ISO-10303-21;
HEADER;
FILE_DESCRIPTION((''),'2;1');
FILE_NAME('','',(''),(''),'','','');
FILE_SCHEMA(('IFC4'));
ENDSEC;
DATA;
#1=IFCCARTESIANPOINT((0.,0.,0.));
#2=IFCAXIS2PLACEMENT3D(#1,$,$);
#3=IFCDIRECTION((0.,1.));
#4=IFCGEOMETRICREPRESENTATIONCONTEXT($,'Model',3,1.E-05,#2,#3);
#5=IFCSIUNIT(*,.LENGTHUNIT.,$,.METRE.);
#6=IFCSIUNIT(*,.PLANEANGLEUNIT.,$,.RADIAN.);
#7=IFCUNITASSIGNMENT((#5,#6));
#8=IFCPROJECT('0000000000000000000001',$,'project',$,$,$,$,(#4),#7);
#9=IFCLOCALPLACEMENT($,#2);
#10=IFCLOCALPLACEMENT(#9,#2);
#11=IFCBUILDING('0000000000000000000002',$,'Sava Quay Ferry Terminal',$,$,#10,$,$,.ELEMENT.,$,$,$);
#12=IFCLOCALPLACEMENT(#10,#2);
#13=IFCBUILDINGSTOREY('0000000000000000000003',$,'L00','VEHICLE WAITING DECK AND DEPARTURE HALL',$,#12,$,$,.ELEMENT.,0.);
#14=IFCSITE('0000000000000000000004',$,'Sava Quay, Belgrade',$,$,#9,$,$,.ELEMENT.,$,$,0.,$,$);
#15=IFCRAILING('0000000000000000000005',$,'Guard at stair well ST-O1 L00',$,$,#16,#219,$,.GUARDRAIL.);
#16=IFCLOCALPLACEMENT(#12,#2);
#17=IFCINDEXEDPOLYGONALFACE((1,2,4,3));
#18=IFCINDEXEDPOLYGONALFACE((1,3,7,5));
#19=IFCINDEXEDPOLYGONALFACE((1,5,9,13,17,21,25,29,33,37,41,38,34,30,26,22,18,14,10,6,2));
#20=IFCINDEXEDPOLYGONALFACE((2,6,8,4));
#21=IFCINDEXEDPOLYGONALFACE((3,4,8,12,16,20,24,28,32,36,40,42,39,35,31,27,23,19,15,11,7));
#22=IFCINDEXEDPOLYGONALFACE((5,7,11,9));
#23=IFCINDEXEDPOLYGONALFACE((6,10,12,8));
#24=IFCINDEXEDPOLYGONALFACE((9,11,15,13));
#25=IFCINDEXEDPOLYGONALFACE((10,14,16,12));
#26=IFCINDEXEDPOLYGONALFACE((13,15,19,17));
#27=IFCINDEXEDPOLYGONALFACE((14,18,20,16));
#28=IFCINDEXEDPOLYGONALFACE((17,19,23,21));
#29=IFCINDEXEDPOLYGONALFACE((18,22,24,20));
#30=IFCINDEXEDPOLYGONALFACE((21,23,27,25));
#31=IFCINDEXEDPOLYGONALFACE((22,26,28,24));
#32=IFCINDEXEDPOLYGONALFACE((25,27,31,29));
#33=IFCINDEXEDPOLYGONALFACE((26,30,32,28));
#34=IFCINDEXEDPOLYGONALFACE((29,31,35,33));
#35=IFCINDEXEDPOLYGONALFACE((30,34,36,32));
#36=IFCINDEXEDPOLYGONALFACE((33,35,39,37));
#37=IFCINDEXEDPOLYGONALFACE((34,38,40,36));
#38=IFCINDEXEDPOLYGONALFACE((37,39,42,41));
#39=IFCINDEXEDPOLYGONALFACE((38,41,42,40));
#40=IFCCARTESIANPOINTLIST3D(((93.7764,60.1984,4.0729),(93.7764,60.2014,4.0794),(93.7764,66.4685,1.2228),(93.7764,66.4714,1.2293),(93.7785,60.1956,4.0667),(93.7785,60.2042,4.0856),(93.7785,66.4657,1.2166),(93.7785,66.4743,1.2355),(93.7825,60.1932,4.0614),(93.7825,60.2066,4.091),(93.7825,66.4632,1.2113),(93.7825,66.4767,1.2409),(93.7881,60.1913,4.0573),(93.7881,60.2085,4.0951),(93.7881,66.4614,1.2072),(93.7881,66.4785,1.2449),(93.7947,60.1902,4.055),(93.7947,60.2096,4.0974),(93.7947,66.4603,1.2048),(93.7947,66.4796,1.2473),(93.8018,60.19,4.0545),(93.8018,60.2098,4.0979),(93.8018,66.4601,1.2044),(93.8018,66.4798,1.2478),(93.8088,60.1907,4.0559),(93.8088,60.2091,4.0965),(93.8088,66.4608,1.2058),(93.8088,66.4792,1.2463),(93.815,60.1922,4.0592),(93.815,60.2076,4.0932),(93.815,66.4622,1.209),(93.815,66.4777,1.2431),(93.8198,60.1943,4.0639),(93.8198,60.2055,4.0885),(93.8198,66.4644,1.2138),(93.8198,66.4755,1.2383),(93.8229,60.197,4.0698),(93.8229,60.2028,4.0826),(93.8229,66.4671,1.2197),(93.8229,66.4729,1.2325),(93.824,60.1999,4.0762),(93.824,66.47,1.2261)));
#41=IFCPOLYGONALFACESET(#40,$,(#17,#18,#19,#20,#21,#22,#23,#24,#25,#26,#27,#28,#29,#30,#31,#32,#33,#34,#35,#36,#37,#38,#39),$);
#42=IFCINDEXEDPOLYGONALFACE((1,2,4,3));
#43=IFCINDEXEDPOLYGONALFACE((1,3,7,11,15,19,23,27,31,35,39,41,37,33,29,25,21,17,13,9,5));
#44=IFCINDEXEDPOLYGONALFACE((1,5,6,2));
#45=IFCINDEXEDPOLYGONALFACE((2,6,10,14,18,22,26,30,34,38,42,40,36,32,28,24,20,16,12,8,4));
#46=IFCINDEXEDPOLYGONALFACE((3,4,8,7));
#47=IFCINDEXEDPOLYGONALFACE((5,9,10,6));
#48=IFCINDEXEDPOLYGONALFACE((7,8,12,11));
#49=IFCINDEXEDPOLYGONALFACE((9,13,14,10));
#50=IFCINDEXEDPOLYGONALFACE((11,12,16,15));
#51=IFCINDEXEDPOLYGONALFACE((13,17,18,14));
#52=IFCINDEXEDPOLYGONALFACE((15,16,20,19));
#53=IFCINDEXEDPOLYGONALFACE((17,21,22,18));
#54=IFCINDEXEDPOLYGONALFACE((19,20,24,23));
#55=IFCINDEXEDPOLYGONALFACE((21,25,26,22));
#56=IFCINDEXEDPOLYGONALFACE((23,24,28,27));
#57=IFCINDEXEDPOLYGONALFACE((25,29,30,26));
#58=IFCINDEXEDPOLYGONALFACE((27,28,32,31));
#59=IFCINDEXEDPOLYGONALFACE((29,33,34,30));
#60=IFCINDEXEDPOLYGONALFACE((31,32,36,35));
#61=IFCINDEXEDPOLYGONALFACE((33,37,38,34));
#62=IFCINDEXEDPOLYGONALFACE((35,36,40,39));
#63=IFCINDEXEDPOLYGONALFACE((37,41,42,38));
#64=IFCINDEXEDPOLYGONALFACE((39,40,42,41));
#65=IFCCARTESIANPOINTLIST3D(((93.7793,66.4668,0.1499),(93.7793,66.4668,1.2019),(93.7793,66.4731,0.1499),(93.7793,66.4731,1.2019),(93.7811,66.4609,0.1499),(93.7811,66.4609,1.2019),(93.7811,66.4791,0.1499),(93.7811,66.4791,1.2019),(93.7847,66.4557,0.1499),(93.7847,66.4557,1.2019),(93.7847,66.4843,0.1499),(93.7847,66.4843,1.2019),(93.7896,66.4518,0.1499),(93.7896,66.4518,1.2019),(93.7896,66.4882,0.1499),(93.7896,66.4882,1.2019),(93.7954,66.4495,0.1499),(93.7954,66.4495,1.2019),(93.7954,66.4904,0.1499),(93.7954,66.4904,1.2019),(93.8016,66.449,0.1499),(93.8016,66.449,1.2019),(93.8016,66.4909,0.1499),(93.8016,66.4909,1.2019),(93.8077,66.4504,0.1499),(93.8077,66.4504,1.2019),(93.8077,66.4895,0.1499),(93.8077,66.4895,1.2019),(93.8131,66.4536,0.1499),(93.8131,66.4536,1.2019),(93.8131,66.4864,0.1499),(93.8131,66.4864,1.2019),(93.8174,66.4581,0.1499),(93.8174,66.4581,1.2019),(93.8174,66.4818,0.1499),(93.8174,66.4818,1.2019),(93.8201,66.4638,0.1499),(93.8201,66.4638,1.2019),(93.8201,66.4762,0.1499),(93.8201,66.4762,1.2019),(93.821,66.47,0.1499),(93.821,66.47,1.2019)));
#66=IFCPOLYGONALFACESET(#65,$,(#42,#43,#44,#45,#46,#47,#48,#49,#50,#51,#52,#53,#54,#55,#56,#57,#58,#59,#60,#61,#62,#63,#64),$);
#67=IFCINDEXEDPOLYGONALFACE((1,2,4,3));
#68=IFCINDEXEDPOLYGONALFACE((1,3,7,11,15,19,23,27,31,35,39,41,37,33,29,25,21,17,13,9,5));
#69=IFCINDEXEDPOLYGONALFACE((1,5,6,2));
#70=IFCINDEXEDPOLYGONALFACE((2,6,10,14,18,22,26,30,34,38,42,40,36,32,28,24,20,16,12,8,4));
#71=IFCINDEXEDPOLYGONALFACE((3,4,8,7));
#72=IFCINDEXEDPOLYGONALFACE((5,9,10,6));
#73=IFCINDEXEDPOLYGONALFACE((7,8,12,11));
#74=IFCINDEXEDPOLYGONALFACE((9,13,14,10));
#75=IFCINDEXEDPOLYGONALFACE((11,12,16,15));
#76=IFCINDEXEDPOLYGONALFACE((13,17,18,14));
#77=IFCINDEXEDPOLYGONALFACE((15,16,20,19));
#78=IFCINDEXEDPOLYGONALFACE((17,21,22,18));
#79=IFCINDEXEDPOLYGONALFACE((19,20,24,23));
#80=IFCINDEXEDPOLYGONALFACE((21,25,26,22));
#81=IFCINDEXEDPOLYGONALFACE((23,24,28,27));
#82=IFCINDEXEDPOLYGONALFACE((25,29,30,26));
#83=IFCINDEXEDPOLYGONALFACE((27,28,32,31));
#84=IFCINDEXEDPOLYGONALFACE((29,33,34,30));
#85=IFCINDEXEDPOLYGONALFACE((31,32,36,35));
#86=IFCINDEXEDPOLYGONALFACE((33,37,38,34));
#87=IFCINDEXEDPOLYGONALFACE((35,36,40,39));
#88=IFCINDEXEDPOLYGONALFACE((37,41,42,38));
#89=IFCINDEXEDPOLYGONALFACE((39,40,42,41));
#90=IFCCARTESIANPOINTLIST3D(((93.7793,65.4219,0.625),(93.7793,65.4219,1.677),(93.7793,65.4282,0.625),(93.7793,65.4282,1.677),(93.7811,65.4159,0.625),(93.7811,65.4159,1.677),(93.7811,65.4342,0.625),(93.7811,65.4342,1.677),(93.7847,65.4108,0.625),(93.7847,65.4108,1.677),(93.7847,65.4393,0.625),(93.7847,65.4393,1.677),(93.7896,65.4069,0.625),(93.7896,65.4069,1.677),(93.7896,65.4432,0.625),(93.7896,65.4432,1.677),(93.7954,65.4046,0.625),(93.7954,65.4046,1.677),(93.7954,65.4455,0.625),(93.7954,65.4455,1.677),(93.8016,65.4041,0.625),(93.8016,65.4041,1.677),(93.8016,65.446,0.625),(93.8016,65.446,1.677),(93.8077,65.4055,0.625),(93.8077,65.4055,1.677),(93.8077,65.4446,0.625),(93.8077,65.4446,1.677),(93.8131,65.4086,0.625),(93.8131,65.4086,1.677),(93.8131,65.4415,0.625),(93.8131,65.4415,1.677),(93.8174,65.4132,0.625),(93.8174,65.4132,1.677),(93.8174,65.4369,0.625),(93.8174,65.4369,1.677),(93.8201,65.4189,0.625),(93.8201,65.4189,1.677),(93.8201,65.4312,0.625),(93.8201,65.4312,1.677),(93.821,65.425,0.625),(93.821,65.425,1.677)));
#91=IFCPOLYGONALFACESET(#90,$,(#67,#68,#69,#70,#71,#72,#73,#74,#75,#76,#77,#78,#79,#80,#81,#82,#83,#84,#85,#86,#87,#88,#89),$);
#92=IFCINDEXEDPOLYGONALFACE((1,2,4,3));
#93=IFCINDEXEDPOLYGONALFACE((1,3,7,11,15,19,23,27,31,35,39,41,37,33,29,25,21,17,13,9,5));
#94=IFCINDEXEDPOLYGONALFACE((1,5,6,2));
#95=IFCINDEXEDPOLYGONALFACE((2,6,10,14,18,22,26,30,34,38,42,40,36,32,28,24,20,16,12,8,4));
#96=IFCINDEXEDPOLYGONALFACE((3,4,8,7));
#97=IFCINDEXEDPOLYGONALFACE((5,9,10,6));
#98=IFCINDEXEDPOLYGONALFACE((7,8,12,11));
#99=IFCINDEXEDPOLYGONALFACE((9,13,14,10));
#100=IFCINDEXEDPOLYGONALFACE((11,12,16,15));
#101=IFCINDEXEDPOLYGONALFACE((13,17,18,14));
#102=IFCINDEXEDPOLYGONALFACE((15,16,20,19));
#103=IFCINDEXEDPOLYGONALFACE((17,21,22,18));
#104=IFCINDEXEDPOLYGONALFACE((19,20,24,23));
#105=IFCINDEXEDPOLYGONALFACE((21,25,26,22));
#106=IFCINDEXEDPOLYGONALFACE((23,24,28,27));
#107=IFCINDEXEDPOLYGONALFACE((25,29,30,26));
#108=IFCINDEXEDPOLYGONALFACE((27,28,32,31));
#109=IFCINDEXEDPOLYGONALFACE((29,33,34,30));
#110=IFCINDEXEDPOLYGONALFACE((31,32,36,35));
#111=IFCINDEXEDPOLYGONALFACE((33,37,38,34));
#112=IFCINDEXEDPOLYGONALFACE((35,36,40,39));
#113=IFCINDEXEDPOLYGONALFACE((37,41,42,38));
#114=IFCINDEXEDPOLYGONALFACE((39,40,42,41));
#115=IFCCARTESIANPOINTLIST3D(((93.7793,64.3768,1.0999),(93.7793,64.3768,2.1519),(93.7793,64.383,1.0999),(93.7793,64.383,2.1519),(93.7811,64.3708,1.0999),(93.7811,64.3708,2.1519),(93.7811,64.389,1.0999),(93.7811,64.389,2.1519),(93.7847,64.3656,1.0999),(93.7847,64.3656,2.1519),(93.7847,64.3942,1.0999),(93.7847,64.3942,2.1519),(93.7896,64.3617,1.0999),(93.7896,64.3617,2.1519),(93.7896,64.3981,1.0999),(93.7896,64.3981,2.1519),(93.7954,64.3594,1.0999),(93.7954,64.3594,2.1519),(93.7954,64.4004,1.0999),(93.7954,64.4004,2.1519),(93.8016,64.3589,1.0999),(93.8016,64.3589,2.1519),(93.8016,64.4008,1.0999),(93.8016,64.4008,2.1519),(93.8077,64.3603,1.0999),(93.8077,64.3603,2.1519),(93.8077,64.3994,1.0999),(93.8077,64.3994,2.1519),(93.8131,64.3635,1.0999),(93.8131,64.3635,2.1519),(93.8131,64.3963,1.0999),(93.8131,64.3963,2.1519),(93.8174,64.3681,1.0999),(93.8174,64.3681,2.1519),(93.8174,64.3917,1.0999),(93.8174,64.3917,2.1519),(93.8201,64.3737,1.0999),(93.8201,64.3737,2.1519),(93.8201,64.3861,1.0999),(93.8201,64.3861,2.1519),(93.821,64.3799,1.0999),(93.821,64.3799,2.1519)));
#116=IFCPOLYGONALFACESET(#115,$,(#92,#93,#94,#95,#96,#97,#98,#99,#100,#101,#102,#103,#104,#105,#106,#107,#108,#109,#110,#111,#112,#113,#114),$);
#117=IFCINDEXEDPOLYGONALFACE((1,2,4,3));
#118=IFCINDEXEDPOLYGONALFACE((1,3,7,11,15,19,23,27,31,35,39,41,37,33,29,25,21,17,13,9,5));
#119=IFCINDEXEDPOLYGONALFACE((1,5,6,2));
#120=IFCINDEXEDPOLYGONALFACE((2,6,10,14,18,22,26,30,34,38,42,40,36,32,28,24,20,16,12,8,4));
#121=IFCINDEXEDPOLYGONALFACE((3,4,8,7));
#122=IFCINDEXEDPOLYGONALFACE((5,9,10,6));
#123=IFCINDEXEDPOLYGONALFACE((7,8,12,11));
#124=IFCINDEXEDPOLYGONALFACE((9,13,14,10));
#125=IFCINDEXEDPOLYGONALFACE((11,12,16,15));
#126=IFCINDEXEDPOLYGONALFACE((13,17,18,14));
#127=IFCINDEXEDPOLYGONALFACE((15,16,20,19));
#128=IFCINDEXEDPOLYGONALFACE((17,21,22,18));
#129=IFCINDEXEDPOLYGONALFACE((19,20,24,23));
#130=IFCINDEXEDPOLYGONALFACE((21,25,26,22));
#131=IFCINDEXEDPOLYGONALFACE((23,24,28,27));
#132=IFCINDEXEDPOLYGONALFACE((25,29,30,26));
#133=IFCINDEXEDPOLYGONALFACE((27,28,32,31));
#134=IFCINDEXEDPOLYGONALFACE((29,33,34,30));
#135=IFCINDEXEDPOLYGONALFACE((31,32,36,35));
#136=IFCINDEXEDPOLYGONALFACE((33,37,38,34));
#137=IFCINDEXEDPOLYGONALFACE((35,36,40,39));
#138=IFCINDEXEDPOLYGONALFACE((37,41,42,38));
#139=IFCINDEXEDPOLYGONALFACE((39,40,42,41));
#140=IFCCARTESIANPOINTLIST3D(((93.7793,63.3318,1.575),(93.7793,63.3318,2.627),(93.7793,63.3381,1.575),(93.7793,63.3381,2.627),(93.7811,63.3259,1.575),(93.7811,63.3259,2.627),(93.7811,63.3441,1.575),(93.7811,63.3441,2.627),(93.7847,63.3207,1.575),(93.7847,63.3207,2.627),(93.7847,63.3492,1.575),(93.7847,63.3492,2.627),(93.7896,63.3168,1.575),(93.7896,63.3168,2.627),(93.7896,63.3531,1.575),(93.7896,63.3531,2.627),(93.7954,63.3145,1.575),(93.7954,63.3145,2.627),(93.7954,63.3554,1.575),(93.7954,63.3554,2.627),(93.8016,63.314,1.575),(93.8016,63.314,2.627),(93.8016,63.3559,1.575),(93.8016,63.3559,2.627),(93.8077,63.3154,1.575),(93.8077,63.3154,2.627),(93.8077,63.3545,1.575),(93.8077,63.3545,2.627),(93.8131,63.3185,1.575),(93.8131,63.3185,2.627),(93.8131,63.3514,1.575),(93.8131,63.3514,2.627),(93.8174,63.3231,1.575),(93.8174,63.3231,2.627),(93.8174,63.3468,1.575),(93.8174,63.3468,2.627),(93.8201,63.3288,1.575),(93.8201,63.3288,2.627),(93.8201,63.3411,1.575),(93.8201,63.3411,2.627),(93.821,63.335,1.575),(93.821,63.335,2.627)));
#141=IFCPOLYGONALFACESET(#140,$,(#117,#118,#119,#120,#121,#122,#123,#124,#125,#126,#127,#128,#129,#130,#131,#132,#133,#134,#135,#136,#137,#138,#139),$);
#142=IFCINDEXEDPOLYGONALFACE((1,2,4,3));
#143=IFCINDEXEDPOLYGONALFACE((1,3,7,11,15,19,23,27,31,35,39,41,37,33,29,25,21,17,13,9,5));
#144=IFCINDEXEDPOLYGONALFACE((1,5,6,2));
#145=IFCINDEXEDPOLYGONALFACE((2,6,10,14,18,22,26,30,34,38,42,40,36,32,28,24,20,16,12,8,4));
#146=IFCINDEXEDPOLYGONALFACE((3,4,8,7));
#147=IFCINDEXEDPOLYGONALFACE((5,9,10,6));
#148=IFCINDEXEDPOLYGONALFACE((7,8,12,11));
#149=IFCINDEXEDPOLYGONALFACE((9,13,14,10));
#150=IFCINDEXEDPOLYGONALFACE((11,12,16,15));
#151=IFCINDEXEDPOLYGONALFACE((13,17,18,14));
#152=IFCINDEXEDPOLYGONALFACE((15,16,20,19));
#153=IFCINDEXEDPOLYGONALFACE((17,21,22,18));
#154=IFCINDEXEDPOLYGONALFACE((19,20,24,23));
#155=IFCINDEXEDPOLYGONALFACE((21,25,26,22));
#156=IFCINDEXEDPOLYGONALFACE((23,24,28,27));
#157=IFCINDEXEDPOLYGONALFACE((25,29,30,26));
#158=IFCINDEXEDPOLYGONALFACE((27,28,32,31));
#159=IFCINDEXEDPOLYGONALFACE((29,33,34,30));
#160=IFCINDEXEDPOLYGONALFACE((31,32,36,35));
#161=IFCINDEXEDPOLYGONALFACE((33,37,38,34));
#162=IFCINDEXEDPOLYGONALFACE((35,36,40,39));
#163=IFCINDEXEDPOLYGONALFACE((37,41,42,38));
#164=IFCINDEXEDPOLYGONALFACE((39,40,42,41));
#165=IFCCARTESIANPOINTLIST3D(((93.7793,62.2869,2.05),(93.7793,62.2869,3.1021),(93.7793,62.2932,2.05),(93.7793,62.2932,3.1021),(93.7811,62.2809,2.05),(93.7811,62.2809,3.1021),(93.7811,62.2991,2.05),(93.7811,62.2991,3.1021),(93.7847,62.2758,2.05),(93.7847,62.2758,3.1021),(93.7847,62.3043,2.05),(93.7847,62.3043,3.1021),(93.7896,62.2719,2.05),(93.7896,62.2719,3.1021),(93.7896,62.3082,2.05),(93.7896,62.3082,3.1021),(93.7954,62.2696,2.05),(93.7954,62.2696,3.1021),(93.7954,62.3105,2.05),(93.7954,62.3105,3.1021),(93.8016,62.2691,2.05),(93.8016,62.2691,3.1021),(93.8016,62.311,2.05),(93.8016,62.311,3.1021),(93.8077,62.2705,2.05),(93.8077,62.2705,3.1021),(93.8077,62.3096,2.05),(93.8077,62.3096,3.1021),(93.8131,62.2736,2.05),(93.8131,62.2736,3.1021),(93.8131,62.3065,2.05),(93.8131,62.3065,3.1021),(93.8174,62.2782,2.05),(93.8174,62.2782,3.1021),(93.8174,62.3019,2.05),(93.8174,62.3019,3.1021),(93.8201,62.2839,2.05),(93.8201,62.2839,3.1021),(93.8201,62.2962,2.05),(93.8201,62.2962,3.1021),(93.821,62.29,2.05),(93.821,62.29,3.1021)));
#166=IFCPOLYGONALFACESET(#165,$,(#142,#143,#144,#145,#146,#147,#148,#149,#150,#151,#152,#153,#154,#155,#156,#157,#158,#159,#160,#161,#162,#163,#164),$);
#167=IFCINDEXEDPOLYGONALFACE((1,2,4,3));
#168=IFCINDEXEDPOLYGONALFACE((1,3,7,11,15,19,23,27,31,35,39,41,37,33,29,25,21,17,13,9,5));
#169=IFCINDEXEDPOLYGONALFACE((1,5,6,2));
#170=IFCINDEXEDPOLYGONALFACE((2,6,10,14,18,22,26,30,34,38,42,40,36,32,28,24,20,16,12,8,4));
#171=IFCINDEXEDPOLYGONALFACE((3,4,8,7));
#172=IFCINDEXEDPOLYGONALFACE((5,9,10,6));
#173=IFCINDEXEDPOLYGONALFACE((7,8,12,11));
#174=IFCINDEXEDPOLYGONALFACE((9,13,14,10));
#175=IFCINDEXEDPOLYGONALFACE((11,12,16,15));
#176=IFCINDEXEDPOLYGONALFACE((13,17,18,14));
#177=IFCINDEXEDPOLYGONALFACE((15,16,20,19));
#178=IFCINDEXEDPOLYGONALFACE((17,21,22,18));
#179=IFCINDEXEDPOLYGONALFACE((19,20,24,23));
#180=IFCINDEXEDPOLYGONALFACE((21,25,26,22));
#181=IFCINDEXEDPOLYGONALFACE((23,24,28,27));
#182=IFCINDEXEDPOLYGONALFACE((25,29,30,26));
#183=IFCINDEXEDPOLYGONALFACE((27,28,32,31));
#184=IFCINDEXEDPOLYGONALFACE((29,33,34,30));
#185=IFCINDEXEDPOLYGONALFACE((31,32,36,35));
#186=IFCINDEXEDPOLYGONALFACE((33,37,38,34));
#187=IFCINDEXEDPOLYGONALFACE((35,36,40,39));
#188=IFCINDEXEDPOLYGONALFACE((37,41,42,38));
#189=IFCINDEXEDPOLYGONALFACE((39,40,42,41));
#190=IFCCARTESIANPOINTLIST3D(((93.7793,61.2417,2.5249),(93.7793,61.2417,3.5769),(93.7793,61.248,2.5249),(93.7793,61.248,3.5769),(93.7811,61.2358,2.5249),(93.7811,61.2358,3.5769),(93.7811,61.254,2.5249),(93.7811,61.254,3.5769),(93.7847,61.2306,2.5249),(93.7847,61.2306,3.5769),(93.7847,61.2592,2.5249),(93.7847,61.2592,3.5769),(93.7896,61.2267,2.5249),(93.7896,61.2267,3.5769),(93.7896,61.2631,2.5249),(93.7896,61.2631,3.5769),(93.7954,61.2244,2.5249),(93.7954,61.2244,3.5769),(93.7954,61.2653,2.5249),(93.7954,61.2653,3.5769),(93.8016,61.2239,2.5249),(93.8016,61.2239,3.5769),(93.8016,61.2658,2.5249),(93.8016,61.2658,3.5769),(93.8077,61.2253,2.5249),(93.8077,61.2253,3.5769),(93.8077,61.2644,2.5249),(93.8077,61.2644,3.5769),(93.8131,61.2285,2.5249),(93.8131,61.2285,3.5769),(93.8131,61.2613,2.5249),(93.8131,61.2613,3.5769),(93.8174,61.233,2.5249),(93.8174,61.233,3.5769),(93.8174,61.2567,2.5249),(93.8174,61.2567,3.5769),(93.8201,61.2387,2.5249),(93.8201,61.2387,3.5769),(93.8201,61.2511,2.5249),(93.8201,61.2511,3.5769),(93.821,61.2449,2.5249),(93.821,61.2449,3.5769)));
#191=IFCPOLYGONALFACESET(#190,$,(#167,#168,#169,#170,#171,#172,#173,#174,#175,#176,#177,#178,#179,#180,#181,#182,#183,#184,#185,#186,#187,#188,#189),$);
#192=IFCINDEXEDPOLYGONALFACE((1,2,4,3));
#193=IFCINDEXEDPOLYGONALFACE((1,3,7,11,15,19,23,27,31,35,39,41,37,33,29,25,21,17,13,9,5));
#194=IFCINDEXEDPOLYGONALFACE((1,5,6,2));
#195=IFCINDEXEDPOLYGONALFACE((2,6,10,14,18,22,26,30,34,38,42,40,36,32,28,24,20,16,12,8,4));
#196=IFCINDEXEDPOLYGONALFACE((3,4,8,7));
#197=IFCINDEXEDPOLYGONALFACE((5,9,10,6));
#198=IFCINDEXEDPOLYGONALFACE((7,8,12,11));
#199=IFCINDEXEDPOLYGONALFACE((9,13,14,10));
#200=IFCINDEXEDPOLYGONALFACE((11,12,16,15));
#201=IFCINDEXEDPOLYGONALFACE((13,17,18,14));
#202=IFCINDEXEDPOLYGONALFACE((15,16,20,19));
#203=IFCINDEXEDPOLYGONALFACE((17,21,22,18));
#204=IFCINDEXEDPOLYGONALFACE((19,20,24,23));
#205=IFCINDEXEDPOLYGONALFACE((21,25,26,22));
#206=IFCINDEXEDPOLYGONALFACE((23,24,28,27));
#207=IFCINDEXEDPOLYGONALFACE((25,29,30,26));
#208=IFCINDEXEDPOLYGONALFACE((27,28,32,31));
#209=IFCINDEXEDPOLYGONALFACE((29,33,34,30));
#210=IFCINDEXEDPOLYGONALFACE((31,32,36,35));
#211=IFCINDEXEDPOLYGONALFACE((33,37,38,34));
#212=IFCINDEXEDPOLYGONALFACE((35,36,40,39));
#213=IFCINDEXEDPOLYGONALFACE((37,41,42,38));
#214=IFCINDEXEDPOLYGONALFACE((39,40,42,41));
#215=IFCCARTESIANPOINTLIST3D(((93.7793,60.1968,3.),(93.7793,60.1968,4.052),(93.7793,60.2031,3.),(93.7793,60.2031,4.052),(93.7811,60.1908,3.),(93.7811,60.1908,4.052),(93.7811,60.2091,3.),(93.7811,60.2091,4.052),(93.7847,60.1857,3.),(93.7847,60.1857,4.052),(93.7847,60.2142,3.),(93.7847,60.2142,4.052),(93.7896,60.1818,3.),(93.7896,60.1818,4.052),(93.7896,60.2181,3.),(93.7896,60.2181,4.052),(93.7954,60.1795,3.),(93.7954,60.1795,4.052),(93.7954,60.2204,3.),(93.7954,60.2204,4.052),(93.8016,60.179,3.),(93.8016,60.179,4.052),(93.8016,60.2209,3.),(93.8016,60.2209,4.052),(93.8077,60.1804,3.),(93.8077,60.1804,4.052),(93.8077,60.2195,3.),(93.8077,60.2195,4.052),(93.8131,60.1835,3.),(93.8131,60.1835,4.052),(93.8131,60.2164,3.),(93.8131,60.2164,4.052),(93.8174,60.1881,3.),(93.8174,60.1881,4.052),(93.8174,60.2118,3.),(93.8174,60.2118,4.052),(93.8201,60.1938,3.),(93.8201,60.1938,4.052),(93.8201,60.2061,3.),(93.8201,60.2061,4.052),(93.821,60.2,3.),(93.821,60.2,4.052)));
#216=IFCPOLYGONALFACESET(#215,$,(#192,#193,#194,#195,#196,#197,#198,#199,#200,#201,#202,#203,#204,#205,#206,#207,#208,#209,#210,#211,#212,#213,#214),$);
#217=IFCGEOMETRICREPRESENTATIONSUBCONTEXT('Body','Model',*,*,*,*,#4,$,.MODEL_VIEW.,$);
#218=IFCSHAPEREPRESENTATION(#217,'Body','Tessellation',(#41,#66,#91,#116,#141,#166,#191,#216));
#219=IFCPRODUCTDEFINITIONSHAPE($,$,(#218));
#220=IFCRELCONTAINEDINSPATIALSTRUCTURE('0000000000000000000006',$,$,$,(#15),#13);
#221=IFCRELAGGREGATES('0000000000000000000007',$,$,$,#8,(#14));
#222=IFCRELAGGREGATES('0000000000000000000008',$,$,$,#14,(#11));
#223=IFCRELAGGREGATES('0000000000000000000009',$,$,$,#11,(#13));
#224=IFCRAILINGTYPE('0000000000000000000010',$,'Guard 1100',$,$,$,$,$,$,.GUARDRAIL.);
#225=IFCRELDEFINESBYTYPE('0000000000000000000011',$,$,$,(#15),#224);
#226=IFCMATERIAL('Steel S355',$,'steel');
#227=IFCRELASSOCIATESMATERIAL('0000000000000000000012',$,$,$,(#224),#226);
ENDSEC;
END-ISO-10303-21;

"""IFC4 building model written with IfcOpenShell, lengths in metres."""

from ifc_helpers import new_model, si_unit, direction, frame, origin, origin_2d, place, context, subcontext, project, spatial, circle, extrude, material, type_object, element, save


model = new_model("IFC4")

# Units and contexts
model_context = context("Model", 3, precision=1e-05, world=origin(), true_north=direction((0.0, 1.0)))
body_context = subcontext(model_context, "Body", "Model", "MODEL_VIEW")
ifc_project = project(units=[si_unit("LENGTHUNIT", "METRE"), si_unit("PLANEANGLEUNIT", "RADIAN")], contexts=[model_context])

# Site, building, storey
site_placement = place(None, origin())
site = spatial("IfcSite", under=ifc_project, at=site_placement, Name="Sava Quay, Belgrade", CompositionType="ELEMENT", RefElevation=0.0)
building_placement = place(site_placement, origin())
building = spatial("IfcBuilding", under=site, at=building_placement, Name="Sava Quay Ferry Terminal", CompositionType="ELEMENT")
storey_placement = place(building_placement, origin())
storey = spatial("IfcBuildingStorey", under=building, at=storey_placement, Name="L00", Description="VEHICLE WAITING DECK AND DEPARTURE HALL", CompositionType="ELEMENT", Elevation=0.0)

# Railing
ifc_material_1 = material(Name="Steel S355", Category="steel")
railing_type_1 = type_object("IfcRailingType", Name="Guard 1100", PredefinedType="GUARDRAIL", material=ifc_material_1)
railing_1_placement = place(storey_placement, frame((93.8, 66.47, 0.1499)))
element("IfcRailing", 1, at=railing_1_placement, inside=storey, type_object=railing_type_1, Name="Guard at stair well ST-O1 L00", PredefinedType="GUARDRAIL", context=body_context, shape_type="SweptSolid", body=[
    extrude(circle(Radius=0.0239, at=origin_2d()), frame((0.0, 0.0, 1.0762), z_axis=(0.0, -0.910362, 0.413814), x_axis=(1.0, 0.0, 0.0)), (0.0, 0.0, 1.0), 6.8875),
    extrude(circle(Radius=0.021, at=origin_2d()), origin(), (0.0, 0.0, 1.0), 1.052),
    extrude(circle(Radius=0.021, at=origin_2d()), frame((0.0, -1.0449, 0.4751)), (0.0, 0.0, 1.0), 1.052),
    extrude(circle(Radius=0.021, at=origin_2d()), frame((0.0, -2.0901, 0.95)), (0.0, 0.0, 1.0), 1.052),
    extrude(circle(Radius=0.021, at=origin_2d()), frame((0.0, -3.135, 1.425)), (0.0, 0.0, 1.0), 1.052),
    extrude(circle(Radius=0.021, at=origin_2d()), frame((0.0, -4.1799, 1.9001)), (0.0, 0.0, 1.0), 1.052),
    extrude(circle(Radius=0.021, at=origin_2d()), frame((0.0, -5.2251, 2.375)), (0.0, 0.0, 1.0), 1.052),
    extrude(circle(Radius=0.021, at=origin_2d()), frame((0.0, -6.27, 2.8501)), (0.0, 0.0, 1.0), 1.052),
])

save(model, "model.ifc")
